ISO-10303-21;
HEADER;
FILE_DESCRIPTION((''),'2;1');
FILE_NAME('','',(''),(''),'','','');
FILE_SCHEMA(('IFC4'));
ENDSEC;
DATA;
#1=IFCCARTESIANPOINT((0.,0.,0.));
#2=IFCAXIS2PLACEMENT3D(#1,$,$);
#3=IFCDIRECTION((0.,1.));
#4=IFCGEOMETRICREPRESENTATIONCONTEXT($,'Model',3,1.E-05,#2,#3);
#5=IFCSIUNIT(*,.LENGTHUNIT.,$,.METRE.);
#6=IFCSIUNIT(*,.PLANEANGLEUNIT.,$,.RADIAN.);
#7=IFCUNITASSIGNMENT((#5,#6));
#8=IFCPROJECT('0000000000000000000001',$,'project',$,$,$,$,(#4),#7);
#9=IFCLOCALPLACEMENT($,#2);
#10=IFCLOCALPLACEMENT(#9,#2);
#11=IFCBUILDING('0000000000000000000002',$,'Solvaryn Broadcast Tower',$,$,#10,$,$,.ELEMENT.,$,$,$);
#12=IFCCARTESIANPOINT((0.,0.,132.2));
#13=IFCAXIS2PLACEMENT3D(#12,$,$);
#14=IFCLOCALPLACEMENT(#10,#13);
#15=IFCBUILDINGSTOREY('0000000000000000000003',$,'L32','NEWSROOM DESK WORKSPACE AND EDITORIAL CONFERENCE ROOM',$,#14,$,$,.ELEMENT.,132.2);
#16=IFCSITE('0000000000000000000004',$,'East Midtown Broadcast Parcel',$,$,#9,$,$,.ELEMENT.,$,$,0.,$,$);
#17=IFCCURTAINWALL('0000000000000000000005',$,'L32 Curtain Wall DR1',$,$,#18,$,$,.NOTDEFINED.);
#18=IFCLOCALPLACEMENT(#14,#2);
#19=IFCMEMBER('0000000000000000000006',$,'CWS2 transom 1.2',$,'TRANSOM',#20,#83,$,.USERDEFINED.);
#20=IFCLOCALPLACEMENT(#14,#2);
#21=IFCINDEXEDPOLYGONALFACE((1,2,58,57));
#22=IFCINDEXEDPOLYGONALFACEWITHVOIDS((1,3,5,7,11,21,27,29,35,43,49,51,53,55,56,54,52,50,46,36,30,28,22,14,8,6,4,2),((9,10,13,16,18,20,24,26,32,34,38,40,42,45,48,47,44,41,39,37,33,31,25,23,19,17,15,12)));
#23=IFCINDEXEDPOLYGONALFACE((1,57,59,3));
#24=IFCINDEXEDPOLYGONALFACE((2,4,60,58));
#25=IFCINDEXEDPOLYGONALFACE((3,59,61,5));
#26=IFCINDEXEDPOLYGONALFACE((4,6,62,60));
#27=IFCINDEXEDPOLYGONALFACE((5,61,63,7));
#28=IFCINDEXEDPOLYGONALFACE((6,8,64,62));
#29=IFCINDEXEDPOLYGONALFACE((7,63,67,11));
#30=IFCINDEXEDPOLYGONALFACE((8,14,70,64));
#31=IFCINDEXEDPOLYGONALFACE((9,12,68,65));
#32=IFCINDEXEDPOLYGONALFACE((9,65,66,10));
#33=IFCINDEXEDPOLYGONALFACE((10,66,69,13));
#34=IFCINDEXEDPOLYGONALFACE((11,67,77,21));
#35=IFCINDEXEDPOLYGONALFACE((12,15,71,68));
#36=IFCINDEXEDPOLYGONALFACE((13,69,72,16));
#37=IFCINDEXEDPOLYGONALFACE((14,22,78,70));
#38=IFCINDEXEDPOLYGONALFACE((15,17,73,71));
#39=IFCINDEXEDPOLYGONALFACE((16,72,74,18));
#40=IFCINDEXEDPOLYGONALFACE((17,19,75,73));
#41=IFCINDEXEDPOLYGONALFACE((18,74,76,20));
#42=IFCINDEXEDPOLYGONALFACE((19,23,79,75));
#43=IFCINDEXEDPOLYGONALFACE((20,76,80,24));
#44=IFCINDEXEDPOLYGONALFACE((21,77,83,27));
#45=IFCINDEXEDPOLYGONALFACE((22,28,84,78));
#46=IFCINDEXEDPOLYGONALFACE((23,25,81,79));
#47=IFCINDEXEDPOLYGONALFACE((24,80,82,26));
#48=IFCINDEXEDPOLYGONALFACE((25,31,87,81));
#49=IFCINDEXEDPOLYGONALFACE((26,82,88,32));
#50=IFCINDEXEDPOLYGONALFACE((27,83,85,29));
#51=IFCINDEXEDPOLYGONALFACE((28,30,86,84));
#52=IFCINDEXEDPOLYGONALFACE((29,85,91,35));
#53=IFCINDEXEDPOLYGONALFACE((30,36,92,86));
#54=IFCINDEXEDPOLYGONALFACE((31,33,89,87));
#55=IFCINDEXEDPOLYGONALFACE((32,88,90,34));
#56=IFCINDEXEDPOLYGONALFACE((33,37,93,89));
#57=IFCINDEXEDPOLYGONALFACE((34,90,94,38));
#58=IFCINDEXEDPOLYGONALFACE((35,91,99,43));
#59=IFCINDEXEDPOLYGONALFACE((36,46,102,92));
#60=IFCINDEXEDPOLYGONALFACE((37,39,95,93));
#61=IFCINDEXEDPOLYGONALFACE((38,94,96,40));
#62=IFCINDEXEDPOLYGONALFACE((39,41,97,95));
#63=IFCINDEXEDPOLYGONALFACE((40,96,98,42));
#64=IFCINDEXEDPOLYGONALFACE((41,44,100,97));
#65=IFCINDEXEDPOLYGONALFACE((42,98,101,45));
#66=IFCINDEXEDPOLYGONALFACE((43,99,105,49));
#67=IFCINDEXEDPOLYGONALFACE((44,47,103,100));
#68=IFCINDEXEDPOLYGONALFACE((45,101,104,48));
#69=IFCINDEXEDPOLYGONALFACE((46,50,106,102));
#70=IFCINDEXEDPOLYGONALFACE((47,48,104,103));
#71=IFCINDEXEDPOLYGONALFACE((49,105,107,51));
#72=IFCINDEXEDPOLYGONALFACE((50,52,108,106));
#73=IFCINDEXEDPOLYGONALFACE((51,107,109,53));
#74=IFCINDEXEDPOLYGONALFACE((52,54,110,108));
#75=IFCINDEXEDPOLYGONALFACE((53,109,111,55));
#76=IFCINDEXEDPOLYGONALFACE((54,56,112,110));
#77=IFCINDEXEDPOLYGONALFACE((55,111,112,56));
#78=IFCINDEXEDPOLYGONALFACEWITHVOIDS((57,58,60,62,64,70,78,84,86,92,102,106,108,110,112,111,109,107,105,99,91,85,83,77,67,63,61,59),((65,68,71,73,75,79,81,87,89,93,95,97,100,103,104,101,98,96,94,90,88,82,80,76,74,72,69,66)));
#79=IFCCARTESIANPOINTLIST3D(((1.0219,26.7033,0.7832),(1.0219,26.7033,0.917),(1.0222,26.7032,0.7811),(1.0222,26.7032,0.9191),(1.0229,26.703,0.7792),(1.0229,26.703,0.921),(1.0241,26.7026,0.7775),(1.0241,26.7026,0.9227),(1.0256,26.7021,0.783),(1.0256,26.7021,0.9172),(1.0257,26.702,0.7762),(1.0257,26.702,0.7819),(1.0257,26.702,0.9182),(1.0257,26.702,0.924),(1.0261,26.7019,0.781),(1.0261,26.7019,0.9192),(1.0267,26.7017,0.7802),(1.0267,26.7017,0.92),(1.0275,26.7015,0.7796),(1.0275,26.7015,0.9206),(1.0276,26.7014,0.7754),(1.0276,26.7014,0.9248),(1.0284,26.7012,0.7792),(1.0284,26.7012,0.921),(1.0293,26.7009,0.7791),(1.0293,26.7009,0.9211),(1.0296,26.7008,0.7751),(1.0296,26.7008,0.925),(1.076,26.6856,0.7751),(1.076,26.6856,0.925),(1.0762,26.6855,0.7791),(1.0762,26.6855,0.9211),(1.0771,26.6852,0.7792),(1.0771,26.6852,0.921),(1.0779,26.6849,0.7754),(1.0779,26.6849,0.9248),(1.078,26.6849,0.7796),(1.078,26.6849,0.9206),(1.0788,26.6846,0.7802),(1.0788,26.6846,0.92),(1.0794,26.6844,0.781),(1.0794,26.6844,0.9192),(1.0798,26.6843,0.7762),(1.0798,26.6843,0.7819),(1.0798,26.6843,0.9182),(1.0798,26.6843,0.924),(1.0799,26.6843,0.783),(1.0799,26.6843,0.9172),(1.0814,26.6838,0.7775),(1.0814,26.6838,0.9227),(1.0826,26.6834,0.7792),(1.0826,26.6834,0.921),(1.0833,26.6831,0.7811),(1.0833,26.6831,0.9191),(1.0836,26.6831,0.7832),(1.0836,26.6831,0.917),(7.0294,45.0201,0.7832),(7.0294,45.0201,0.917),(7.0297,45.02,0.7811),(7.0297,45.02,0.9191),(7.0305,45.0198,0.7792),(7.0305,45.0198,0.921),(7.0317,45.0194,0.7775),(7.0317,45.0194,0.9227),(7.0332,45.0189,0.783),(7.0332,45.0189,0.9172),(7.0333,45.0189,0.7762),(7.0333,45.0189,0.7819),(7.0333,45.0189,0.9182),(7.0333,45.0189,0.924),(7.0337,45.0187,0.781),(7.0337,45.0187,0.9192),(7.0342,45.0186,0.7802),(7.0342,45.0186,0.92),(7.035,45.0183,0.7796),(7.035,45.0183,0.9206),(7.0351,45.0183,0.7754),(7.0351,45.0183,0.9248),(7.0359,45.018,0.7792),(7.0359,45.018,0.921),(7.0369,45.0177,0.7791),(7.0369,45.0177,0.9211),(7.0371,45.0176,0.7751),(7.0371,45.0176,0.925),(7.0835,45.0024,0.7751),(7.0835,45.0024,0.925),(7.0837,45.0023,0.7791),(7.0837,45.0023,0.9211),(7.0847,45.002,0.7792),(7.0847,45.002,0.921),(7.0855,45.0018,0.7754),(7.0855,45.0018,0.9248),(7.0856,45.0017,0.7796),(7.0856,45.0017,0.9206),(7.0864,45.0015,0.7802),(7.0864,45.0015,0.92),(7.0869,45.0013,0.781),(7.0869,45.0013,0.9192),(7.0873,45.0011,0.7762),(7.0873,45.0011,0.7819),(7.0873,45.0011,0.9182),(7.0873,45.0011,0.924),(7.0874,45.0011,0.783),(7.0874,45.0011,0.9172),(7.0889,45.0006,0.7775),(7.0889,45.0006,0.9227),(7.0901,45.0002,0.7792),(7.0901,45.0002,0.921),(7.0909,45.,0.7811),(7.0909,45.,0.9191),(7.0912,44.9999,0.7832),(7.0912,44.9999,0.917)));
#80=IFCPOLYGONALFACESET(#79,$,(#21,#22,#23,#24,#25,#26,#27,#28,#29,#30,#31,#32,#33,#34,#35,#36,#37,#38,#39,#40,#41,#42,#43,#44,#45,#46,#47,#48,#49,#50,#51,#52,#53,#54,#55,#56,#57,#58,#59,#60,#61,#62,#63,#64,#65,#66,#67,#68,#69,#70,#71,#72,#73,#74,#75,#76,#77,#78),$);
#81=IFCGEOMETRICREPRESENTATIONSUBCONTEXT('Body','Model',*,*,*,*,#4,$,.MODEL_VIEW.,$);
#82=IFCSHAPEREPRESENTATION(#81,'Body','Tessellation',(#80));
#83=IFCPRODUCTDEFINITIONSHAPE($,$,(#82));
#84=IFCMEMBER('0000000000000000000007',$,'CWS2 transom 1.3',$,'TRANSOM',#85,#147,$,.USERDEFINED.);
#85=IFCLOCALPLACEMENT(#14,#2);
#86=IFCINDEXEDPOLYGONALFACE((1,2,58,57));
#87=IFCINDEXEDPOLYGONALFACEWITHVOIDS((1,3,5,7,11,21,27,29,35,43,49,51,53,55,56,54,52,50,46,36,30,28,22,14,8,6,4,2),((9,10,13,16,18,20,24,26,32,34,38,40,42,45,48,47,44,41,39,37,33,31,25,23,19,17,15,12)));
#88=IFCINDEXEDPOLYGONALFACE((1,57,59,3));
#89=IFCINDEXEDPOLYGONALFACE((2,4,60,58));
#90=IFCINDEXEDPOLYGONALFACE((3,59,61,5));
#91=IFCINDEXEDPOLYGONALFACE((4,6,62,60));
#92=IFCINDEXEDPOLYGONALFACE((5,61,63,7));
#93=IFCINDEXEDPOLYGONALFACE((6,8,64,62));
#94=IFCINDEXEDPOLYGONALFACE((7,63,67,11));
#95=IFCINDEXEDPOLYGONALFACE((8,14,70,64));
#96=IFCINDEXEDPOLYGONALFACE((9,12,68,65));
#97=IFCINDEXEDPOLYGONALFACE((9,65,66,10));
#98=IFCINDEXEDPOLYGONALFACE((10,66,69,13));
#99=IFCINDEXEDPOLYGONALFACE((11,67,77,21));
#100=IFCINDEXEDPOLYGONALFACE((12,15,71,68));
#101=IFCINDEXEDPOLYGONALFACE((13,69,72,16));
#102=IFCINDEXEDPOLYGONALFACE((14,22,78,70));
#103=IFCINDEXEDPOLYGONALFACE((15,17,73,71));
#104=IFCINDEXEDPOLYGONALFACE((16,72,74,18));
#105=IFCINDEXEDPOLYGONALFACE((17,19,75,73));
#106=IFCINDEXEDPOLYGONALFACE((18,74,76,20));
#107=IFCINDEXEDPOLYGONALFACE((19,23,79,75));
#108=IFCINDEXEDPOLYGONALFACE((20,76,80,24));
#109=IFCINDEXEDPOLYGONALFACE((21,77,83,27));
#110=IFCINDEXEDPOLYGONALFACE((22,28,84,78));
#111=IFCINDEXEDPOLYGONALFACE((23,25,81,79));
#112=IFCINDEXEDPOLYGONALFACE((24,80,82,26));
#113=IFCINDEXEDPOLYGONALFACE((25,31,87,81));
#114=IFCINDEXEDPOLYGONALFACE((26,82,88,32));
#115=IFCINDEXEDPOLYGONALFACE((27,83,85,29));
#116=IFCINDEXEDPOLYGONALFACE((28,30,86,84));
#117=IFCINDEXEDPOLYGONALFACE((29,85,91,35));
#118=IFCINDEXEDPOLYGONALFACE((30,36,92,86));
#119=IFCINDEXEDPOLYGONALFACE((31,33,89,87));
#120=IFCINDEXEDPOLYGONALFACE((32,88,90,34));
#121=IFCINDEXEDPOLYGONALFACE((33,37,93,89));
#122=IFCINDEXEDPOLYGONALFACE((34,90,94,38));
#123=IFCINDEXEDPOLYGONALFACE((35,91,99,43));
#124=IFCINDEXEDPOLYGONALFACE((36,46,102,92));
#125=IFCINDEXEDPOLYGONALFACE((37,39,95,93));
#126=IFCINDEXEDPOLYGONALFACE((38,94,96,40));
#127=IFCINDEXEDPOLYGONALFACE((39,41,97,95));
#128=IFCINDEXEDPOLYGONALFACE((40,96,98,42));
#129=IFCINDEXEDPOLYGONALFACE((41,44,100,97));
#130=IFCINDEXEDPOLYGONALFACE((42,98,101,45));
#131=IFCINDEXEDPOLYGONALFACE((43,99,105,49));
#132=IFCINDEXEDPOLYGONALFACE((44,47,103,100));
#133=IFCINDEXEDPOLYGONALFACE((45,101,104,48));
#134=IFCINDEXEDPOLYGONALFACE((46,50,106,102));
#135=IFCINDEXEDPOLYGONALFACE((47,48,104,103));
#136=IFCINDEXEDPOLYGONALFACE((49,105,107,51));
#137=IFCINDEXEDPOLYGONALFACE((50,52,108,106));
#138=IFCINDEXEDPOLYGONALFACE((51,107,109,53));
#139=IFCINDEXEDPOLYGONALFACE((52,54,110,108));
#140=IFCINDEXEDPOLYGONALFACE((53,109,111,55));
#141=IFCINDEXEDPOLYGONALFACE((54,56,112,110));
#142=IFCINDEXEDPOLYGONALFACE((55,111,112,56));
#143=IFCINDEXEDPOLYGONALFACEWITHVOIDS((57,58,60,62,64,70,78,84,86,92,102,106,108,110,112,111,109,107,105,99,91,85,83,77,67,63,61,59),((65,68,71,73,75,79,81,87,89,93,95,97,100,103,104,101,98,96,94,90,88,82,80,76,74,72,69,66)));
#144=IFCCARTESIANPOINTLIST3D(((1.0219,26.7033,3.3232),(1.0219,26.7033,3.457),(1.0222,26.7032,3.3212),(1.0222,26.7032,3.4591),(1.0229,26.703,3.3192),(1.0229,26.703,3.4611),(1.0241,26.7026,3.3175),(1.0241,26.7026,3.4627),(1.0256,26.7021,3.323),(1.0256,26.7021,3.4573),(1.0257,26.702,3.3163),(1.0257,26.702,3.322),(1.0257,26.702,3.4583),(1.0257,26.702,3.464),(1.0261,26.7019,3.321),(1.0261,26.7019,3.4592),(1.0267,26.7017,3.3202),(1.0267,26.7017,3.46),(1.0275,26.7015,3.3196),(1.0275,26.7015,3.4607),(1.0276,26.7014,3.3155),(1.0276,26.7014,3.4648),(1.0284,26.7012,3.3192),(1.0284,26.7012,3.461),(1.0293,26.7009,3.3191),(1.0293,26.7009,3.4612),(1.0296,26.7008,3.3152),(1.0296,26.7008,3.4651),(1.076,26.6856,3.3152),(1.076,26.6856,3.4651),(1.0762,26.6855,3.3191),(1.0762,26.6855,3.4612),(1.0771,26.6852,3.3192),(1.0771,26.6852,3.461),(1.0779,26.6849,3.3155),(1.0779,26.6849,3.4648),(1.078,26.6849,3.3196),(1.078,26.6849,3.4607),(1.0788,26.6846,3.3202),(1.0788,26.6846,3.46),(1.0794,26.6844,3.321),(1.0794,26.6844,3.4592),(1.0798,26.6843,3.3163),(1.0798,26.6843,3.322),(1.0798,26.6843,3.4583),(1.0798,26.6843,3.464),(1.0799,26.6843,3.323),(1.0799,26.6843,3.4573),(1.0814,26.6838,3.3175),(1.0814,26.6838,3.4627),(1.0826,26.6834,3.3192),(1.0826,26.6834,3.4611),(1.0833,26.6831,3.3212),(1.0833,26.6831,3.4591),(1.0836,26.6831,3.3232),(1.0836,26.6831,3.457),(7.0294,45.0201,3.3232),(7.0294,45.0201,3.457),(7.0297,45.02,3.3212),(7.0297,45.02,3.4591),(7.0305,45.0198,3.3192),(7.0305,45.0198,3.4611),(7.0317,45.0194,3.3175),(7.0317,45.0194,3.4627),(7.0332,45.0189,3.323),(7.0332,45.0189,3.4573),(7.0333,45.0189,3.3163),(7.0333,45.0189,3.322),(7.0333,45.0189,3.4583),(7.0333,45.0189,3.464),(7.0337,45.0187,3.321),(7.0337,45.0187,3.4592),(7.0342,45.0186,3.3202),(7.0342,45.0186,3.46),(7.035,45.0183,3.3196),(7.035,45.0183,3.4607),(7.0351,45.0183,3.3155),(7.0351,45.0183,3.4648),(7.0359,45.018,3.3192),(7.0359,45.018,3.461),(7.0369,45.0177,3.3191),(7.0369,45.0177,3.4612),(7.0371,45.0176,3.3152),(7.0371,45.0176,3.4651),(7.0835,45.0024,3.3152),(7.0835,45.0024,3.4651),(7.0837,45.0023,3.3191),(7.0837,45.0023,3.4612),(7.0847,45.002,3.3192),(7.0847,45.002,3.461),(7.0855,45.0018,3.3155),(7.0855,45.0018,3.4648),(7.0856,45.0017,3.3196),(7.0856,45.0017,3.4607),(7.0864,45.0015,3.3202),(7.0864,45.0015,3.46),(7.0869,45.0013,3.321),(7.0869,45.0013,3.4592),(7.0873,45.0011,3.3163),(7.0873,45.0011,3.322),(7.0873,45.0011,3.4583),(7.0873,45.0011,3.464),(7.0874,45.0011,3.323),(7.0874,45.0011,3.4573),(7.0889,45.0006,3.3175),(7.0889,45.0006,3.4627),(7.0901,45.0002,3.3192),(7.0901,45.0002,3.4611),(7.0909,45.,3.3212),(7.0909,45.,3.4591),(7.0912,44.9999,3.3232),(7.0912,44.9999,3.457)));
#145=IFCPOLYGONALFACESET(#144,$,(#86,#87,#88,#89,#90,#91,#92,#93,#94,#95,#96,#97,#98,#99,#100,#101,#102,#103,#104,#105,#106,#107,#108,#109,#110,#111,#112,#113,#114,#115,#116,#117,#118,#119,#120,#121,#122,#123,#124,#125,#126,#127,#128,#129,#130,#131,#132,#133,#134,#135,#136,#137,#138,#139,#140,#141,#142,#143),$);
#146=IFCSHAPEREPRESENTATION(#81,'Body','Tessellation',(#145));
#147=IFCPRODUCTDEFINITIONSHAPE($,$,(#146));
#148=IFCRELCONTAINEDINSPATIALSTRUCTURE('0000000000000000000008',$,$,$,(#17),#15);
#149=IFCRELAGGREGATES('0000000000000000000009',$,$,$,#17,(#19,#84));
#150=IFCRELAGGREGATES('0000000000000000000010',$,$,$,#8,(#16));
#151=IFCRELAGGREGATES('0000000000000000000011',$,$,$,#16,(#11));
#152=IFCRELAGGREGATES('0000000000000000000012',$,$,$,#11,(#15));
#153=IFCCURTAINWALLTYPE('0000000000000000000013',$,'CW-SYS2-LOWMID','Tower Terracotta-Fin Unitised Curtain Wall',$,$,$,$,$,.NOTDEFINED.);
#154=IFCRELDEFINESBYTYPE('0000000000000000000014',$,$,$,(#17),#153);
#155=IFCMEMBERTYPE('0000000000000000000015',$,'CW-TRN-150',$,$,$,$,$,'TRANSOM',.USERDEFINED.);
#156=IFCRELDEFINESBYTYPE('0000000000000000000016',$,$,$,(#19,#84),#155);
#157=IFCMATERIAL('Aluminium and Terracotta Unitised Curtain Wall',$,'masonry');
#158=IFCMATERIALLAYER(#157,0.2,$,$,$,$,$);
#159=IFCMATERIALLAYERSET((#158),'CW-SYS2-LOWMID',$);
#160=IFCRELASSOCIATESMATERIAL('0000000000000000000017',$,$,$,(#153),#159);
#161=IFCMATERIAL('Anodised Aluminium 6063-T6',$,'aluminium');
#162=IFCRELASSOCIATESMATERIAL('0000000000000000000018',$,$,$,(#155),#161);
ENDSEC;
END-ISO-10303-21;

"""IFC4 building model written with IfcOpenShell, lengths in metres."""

from ifc_helpers import new_model, si_unit, direction, frame, origin, origin_2d, place, context, subcontext, project, spatial, hollow_rectangle, extrude, material, layer, layer_set, material_profile, profile_set, type_object, element, aggregate, save


model = new_model("IFC4")

# Units and contexts
model_context = context("Model", 3, precision=1e-05, world=origin(), true_north=direction((0.0, 1.0)))
body_context = subcontext(model_context, "Body", "Model", "MODEL_VIEW")
ifc_project = project(units=[si_unit("LENGTHUNIT", "METRE"), si_unit("PLANEANGLEUNIT", "RADIAN")], contexts=[model_context])

# Site, building, storey
site_placement = place(None, origin())
site = spatial("IfcSite", under=ifc_project, at=site_placement, Name="East Midtown Broadcast Parcel", CompositionType="ELEMENT", RefElevation=0.0)
building_placement = place(site_placement, origin())
building = spatial("IfcBuilding", under=site, at=building_placement, Name="Solvaryn Broadcast Tower", CompositionType="ELEMENT")
storey_placement = place(building_placement, frame((0.0, 0.0, 132.2)))
storey = spatial("IfcBuildingStorey", under=building, at=storey_placement, Name="L32", Description="NEWSROOM DESK WORKSPACE AND EDITORIAL CONFERENCE ROOM", CompositionType="ELEMENT", Elevation=132.2)

# Curtain wall
ifc_material_1 = material(Name="Aluminium and Terracotta Unitised Curtain Wall", Category="masonry")
ifc_layer_1 = layer(ifc_material_1, 0.2)
ifc_layer_set_1 = layer_set([ifc_layer_1], Name="CW-SYS2-LOWMID")
curtain_wall_type = type_object("IfcCurtainWallType", Name="CW-SYS2-LOWMID", Description="Tower Terracotta-Fin Unitised Curtain Wall", PredefinedType="NOTDEFINED", material=ifc_layer_set_1)
curtain_wall_1_placement = place(storey_placement, origin())
curtain_wall_1 = element("IfcCurtainWall", 1, at=curtain_wall_1_placement, inside=storey, type_object=curtain_wall_type, Name="L32 Curtain Wall DR1", PredefinedType="NOTDEFINED")

# Members
ifc_material_2 = material(Name="Anodised Aluminium 6063-T6", Category="aluminium")
ifc_material_profile_1 = material_profile(ifc_material_2, hollow_rectangle(XDim=0.0649, YDim=0.1499, WallThickness=0.0039, InnerFilletRadius=0.0039, OuterFilletRadius=0.0081, at=origin_2d()))
ifc_profile_set_1 = profile_set([ifc_material_profile_1], Name="Anodised Aluminium 6063-T6")
member_type_1 = type_object("IfcMemberType", Name="CW-TRN-150", ElementType="TRANSOM", PredefinedType="USERDEFINED", material=ifc_profile_set_1)
member_1_placement = place(storey_placement, frame((7.0603, 45.01, 0.8501), z_axis=(-0.311646, -0.950198, 0.0), x_axis=(0.950198, -0.311646, 0.0)))
member_1 = element("IfcMember", 2, at=member_1_placement, type_object=member_type_1, Name="CWS2 transom 1.2", ObjectType="TRANSOM", PredefinedType="USERDEFINED", context=body_context, shape_type="SweptSolid", body=[
    extrude(hollow_rectangle(XDim=0.0649, YDim=0.1499, WallThickness=0.0039, InnerFilletRadius=0.0039, OuterFilletRadius=0.0081, at=origin_2d()), origin(), (0.0, 0.0, 1.0), 19.2769),
])
member_2_placement = place(storey_placement, frame((7.0603, 45.01, 3.3901), z_axis=(-0.311646, -0.950198, 0.0), x_axis=(0.950198, -0.311646, 0.0)))
member_2 = element("IfcMember", 3, at=member_2_placement, type_object=member_type_1, Name="CWS2 transom 1.3", ObjectType="TRANSOM", PredefinedType="USERDEFINED", context=body_context, shape_type="SweptSolid", body=[
    extrude(hollow_rectangle(XDim=0.0649, YDim=0.1499, WallThickness=0.0039, InnerFilletRadius=0.0039, OuterFilletRadius=0.0081, at=origin_2d()), origin(), (0.0, 0.0, 1.0), 19.2769),
])
aggregate(curtain_wall_1, [member_1, member_2])

save(model, "model.ifc")
